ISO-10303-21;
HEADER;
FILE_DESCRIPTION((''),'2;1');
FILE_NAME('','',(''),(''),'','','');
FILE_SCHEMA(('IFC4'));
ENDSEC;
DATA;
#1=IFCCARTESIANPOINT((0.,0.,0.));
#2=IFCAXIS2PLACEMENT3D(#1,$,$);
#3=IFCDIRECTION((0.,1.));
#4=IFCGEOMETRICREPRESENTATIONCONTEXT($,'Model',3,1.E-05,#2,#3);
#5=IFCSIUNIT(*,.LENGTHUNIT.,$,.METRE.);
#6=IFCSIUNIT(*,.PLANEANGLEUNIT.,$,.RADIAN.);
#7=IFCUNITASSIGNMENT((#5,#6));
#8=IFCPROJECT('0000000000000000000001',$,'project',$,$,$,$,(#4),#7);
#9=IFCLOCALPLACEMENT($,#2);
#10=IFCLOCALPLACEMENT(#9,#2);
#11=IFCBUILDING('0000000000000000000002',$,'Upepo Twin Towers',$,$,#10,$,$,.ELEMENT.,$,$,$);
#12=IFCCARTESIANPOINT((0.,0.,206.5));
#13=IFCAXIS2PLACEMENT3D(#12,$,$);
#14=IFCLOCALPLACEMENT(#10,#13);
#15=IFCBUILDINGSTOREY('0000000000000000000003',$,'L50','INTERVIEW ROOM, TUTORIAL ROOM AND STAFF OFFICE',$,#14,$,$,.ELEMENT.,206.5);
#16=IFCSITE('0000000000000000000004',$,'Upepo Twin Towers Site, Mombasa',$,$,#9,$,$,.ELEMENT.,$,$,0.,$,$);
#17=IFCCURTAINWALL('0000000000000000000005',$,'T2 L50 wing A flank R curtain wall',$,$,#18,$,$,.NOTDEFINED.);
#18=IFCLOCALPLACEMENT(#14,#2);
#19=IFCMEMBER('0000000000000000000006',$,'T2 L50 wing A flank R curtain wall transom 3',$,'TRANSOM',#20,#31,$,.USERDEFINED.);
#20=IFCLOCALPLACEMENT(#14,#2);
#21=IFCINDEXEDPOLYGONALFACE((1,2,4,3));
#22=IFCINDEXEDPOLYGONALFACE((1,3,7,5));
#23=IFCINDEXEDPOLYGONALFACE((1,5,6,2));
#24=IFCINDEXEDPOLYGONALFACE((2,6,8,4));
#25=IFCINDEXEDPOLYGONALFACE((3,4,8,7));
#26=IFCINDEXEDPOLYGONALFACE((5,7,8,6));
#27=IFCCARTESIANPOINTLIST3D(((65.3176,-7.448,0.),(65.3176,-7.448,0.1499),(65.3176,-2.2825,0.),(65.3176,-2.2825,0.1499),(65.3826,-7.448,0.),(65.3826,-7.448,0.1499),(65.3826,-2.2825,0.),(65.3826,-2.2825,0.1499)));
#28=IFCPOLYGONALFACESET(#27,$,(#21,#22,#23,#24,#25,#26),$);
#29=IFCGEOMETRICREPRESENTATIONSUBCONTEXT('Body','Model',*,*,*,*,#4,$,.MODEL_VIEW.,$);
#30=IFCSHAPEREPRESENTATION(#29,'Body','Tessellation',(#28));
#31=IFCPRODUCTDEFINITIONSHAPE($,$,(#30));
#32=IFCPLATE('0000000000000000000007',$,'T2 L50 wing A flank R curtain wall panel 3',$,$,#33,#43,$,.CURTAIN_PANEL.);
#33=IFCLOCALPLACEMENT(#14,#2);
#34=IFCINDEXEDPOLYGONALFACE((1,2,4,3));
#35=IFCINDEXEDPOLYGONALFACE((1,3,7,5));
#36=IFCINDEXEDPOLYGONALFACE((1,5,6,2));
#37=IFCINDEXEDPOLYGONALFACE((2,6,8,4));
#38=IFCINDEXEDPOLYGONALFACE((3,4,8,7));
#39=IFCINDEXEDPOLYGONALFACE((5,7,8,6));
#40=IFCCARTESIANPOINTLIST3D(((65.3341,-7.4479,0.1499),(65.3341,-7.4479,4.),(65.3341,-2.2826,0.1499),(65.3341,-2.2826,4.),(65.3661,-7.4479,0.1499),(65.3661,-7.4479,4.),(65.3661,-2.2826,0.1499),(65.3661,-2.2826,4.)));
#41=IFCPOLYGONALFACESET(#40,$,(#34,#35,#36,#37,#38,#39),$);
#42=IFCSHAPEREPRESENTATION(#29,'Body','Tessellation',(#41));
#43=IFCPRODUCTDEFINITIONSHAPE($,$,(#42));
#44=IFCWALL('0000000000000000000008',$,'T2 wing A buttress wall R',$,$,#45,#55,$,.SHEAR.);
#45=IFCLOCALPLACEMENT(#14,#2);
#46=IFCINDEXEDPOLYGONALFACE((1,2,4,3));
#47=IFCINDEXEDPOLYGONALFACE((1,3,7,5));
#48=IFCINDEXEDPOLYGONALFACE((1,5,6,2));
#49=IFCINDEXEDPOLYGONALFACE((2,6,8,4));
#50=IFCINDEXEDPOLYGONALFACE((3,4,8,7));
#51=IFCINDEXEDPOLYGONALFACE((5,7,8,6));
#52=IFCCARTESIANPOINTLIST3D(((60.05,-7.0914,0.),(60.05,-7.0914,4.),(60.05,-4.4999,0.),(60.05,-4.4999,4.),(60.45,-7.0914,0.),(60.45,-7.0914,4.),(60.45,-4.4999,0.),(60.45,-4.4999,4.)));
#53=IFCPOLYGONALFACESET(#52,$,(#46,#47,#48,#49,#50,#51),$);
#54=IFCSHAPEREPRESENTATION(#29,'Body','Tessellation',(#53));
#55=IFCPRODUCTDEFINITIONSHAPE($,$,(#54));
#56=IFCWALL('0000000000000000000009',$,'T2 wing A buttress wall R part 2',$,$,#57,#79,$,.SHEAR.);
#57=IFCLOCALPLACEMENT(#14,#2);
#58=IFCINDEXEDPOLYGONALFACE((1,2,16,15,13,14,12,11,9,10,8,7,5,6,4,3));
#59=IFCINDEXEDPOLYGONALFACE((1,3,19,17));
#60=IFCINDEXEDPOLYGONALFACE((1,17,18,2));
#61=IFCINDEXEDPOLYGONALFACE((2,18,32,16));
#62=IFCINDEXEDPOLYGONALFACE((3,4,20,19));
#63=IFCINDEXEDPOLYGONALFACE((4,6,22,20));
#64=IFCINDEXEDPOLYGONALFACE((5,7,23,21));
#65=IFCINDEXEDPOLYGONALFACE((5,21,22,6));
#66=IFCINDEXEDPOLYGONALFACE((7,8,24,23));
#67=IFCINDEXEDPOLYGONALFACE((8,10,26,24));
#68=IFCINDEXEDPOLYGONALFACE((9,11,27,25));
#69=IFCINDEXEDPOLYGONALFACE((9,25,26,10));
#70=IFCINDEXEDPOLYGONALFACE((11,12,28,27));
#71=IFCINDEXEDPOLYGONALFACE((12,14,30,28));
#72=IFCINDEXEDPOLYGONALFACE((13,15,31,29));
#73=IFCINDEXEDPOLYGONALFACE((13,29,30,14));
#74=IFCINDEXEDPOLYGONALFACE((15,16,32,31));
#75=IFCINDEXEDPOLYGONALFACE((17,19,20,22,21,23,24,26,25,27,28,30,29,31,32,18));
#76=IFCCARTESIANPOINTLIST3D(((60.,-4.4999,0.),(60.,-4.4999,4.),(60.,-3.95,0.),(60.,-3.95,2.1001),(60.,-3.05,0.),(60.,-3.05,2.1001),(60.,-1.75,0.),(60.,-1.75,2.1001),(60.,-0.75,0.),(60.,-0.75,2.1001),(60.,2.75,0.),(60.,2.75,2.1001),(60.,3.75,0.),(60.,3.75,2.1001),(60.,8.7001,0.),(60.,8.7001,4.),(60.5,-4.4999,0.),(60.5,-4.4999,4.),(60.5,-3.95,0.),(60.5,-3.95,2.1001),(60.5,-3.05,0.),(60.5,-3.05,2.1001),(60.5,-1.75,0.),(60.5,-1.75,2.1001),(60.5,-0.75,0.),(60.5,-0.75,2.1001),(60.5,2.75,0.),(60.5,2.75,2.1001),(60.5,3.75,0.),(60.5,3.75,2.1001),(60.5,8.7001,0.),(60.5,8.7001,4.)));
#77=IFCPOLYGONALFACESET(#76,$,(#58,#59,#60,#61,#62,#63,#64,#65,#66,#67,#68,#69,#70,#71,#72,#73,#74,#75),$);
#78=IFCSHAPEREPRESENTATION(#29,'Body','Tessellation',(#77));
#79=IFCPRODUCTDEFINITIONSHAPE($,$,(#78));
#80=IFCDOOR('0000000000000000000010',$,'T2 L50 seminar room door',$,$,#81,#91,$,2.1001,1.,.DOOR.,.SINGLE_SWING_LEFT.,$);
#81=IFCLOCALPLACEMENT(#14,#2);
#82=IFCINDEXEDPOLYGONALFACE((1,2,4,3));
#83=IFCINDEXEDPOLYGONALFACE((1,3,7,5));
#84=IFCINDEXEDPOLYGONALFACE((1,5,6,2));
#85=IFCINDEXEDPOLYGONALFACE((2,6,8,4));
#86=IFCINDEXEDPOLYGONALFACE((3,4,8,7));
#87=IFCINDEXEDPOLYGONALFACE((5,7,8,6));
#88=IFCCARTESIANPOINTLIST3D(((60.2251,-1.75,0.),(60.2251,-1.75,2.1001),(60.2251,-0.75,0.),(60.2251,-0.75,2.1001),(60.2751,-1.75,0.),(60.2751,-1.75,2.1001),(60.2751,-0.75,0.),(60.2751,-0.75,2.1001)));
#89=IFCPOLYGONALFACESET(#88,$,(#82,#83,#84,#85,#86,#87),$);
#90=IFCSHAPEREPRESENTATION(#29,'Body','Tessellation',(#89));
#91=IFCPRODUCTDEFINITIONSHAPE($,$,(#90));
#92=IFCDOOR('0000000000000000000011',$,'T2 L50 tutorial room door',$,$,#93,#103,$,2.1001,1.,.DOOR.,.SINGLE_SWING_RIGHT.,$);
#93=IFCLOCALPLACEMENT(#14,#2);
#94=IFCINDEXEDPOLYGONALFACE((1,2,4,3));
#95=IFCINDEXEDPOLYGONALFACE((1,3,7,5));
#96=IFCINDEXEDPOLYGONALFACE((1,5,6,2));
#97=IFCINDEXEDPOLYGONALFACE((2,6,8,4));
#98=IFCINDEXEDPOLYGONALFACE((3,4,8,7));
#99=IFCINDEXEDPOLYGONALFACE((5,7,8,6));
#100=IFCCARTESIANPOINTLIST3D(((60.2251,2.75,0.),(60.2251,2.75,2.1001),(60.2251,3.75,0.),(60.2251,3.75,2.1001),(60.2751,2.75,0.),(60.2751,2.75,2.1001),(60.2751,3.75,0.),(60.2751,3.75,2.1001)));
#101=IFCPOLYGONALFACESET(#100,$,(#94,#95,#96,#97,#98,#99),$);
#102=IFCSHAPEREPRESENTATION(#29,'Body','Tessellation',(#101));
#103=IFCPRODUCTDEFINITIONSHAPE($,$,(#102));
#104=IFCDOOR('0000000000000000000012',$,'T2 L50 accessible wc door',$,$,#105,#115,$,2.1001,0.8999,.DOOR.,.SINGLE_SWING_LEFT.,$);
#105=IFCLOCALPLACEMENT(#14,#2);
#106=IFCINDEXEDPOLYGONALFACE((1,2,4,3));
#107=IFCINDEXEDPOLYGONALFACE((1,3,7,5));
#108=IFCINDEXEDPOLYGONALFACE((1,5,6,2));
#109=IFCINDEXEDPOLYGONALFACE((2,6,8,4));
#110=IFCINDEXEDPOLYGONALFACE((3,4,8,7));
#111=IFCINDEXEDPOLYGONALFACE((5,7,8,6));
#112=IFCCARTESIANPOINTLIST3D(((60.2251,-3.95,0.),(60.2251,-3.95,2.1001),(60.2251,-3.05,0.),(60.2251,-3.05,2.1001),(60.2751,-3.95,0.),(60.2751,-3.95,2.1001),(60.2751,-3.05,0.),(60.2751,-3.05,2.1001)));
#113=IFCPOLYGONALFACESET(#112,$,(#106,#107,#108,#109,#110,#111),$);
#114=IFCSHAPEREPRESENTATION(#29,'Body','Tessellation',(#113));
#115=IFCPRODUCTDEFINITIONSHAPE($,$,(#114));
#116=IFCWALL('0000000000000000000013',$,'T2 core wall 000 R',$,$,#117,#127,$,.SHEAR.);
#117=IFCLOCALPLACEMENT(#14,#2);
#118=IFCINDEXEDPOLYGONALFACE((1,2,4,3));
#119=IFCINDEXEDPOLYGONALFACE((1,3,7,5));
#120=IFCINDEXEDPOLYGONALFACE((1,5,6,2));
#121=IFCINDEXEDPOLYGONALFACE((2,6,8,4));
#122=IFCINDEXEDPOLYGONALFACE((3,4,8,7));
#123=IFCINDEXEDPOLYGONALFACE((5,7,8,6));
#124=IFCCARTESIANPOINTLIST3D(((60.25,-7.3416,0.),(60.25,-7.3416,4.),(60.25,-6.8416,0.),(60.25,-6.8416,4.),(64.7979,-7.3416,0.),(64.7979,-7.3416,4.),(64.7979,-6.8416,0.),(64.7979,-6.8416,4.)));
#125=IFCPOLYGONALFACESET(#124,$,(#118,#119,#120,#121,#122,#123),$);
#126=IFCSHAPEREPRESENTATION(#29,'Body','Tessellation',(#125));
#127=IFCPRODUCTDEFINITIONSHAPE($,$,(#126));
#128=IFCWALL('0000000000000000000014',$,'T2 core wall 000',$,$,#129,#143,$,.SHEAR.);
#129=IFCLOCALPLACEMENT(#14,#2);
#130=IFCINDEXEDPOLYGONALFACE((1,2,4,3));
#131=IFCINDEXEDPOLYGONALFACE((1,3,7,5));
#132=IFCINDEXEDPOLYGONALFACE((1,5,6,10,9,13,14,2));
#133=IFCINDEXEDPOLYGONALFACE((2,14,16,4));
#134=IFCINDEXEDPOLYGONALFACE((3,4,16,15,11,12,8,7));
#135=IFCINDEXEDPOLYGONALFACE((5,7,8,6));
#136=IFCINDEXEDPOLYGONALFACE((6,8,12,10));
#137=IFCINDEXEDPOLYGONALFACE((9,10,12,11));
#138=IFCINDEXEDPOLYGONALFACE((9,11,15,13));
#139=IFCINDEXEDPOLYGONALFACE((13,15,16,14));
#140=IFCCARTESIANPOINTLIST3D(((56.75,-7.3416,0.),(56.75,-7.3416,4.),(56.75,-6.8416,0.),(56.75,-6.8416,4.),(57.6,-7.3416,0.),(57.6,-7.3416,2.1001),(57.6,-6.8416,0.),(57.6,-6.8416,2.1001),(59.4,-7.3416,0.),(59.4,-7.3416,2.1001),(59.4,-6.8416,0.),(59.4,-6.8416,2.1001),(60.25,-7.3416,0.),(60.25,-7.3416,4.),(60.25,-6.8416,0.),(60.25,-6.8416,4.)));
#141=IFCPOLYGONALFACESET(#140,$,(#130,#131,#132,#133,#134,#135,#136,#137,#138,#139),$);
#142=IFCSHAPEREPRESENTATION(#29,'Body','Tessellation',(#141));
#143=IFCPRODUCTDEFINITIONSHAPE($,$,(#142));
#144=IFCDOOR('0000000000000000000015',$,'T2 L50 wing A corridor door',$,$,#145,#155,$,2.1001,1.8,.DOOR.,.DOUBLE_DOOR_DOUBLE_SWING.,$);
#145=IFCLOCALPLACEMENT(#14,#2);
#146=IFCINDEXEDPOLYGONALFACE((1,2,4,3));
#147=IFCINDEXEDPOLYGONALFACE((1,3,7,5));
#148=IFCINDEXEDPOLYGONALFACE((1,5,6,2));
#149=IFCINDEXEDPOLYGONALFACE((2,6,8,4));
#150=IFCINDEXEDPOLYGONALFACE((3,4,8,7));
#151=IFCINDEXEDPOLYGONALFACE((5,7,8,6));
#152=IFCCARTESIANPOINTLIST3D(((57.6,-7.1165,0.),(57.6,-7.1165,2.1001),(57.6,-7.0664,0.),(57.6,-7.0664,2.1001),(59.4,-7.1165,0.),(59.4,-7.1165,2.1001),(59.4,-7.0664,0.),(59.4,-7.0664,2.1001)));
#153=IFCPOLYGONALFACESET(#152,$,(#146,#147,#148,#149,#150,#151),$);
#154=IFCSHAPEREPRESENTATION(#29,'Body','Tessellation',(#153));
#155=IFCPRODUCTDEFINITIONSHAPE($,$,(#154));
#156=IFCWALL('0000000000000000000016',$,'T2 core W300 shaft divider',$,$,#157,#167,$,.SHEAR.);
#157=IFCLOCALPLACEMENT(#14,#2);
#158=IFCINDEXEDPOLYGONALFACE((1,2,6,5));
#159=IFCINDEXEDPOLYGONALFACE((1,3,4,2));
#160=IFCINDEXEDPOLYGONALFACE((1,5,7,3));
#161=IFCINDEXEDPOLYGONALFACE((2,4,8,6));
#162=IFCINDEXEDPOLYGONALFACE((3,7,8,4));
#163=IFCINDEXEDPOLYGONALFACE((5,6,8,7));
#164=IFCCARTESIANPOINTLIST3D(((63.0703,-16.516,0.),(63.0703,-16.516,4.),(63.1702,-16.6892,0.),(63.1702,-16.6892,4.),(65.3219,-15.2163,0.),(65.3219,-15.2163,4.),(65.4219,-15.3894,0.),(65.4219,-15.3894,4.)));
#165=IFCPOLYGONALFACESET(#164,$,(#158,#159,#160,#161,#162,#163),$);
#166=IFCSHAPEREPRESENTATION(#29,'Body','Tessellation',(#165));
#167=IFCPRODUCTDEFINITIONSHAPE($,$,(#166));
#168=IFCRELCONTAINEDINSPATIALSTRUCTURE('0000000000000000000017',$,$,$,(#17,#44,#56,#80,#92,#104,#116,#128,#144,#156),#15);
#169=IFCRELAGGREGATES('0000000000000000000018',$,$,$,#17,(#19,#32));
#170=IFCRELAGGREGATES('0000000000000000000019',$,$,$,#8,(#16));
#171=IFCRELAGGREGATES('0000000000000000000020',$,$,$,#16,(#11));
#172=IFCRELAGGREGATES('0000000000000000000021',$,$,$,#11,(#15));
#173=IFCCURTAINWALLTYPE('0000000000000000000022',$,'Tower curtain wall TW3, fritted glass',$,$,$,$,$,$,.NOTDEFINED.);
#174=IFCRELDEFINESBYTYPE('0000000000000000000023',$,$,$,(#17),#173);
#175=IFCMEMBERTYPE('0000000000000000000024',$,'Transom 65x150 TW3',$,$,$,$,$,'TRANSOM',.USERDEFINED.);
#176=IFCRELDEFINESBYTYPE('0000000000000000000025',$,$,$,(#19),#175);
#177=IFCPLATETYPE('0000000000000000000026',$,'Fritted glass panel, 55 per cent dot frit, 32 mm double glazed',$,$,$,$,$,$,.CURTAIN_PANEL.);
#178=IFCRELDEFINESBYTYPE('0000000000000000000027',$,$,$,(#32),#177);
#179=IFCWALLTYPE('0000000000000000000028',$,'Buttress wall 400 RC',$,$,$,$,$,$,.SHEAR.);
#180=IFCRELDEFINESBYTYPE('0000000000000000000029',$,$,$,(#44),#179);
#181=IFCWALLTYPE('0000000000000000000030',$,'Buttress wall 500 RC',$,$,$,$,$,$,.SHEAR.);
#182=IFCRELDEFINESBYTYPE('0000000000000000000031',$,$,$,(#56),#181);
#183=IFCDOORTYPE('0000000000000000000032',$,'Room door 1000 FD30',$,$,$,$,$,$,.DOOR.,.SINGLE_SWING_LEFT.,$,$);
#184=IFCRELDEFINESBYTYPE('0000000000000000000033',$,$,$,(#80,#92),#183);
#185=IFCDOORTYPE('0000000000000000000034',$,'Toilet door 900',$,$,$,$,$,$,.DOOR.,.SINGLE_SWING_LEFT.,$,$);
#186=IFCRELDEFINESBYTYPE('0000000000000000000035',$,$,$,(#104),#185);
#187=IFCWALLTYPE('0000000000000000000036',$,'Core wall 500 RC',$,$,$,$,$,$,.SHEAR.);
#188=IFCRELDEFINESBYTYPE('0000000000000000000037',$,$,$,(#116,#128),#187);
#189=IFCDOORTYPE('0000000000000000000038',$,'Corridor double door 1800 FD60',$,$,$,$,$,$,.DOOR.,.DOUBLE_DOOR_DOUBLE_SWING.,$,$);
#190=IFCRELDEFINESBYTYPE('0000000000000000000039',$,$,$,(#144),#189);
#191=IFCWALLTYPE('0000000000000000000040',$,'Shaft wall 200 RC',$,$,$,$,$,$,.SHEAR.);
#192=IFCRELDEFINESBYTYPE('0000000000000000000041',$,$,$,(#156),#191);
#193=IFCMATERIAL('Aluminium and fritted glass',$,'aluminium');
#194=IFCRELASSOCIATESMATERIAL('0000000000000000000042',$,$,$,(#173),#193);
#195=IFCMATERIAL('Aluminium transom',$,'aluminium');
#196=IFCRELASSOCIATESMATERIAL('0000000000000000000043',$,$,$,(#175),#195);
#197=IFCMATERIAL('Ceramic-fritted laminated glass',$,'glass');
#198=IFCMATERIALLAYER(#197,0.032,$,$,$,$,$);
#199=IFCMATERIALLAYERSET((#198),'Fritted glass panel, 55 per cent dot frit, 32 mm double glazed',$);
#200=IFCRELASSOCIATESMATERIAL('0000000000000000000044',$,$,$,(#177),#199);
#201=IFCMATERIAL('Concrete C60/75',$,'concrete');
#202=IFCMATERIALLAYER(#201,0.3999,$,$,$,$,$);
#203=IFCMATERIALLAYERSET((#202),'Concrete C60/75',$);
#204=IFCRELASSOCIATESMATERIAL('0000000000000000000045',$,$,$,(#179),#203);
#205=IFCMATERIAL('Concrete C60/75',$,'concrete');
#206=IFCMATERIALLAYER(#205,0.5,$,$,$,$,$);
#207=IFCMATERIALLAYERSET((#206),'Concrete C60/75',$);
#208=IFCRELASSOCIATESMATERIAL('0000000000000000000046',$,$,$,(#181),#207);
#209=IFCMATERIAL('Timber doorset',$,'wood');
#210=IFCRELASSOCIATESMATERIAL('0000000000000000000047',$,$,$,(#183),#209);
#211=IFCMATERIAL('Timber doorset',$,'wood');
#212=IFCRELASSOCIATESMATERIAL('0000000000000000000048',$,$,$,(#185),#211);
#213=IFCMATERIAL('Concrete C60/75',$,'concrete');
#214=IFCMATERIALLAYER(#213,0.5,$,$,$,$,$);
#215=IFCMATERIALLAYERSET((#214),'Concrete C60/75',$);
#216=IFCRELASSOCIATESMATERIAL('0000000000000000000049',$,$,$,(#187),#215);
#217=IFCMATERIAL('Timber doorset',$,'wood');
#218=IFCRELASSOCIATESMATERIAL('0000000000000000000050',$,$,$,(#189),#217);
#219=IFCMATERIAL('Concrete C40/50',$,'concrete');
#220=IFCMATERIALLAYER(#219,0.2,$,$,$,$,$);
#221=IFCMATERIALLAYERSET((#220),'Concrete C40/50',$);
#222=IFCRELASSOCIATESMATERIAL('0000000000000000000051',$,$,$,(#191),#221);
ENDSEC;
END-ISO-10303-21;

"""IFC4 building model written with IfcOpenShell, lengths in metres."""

from ifc_helpers import new_model, si_unit, direction, frame, frame_2d, origin, origin_2d, place, context, subcontext, project, spatial, rectangle, extrude, material, layer, layer_set, material_profile, profile_set, type_object, element, fill, aggregate, save


model = new_model("IFC4")

# Units and contexts
model_context = context("Model", 3, precision=1e-05, world=origin(), true_north=direction((0.0, 1.0)))
body_context = subcontext(model_context, "Body", "Model", "MODEL_VIEW")
ifc_project = project(units=[si_unit("LENGTHUNIT", "METRE"), si_unit("PLANEANGLEUNIT", "RADIAN")], contexts=[model_context])

# Site, building, storey
site_placement = place(None, origin())
site = spatial("IfcSite", under=ifc_project, at=site_placement, Name="Upepo Twin Towers Site, Mombasa", CompositionType="ELEMENT", RefElevation=0.0)
building_placement = place(site_placement, origin())
building = spatial("IfcBuilding", under=site, at=building_placement, Name="Upepo Twin Towers", CompositionType="ELEMENT")
storey_placement = place(building_placement, frame((0.0, 0.0, 206.5)))
storey = spatial("IfcBuildingStorey", under=building, at=storey_placement, Name="L50", Description="INTERVIEW ROOM, TUTORIAL ROOM AND STAFF OFFICE", CompositionType="ELEMENT", Elevation=206.5)

# Curtain wall, member, plate
ifc_material_1 = material(Name="Aluminium and fritted glass", Category="aluminium")
curtain_wall_type = type_object("IfcCurtainWallType", Name="Tower curtain wall TW3, fritted glass", PredefinedType="NOTDEFINED", material=ifc_material_1)
curtain_wall_placement = place(storey_placement, origin())
curtain_wall = element("IfcCurtainWall", 1, at=curtain_wall_placement, inside=storey, type_object=curtain_wall_type, Name="T2 L50 wing A flank R curtain wall", PredefinedType="NOTDEFINED")
ifc_material_2 = material(Name="Aluminium transom", Category="aluminium")
ifc_material_profile_1 = material_profile(ifc_material_2, rectangle(XDim=0.0649, YDim=0.1499, at=origin_2d()), Name="TRANSOM 65x150")
ifc_profile_set_1 = profile_set([ifc_material_profile_1], Name="Aluminium transom")
member_type_1 = type_object("IfcMemberType", Name="Transom 65x150 TW3", ElementType="TRANSOM", PredefinedType="USERDEFINED", material=ifc_profile_set_1)
member_1_placement = place(storey_placement, frame((65.3501, -2.2825, 0.075), z_axis=(0.0, -1.0, 0.0), x_axis=(1.0, 0.0, 0.0)))
member_1 = element("IfcMember", 2, at=member_1_placement, type_object=member_type_1, Name="T2 L50 wing A flank R curtain wall transom 3", ObjectType="TRANSOM", PredefinedType="USERDEFINED", context=body_context, shape_type="SweptSolid", body=[
    extrude(rectangle(XDim=0.0649, YDim=0.1499, at=origin_2d()), origin(), (0.0, 0.0, 1.0), 5.1655),
])
ifc_material_3 = material(Name="Ceramic-fritted laminated glass", Category="glass")
ifc_layer_1 = layer(ifc_material_3, 0.032)
ifc_layer_set_1 = layer_set([ifc_layer_1], Name="Fritted glass panel, 55 per cent dot frit, 32 mm double glazed")
plate_type = type_object("IfcPlateType", Name="Fritted glass panel, 55 per cent dot frit, 32 mm double glazed", PredefinedType="CURTAIN_PANEL", material=ifc_layer_set_1)
plate_placement = place(storey_placement, frame((65.3501, -4.8652, 0.1499), z_axis=(0.0, 0.0, 1.0), x_axis=(0.0, -1.0, 0.0)))
plate = element("IfcPlate", 3, at=plate_placement, type_object=plate_type, Name="T2 L50 wing A flank R curtain wall panel 3", PredefinedType="CURTAIN_PANEL", context=body_context, shape_type="SweptSolid", body=[
    extrude(rectangle(XDim=5.1653, YDim=0.032, at=origin_2d()), origin(), (0.0, 0.0, 1.0), 3.8501),
])
aggregate(curtain_wall, [member_1, plate])

# Wall
ifc_material_4 = material(Name="Concrete C60/75", Category="concrete")
ifc_layer_2 = layer(ifc_material_4, 0.3999)
ifc_layer_set_2 = layer_set([ifc_layer_2], Name="Concrete C60/75")
wall_type_1 = type_object("IfcWallType", Name="Buttress wall 400 RC", PredefinedType="SHEAR", material=ifc_layer_set_2)
wall_1_placement = place(storey_placement, frame((60.25, -7.0916, 0.0), z_axis=(0.0, 0.0, 1.0), x_axis=(0.0, 1.0, 0.0)))
element("IfcWall", 4, at=wall_1_placement, inside=storey, type_object=wall_type_1, Name="T2 wing A buttress wall R", PredefinedType="SHEAR", context=body_context, shape_type="SweptSolid", body=[
    extrude(rectangle(XDim=2.5916, YDim=0.3999, at=frame_2d((1.2959, 0.0))), origin(), (0.0, 0.0, 1.0), 4.0),
])

# Wall, openings, doors
ifc_material_5 = material(Name="Concrete C60/75", Category="concrete")
ifc_layer_3 = layer(ifc_material_5, 0.5)
ifc_layer_set_3 = layer_set([ifc_layer_3], Name="Concrete C60/75")
wall_type_2 = type_object("IfcWallType", Name="Buttress wall 500 RC", PredefinedType="SHEAR", material=ifc_layer_set_3)
wall_2_placement = place(storey_placement, frame((60.25, -4.5, 0.0), z_axis=(0.0, 0.0, 1.0), x_axis=(0.0, 1.0, 0.0)))
wall_2 = element("IfcWall", 5, at=wall_2_placement, inside=storey, type_object=wall_type_2, Name="T2 wing A buttress wall R part 2", PredefinedType="SHEAR", context=body_context, shape_type="SweptSolid", body=[
    extrude(rectangle(XDim=13.2, YDim=0.5, at=frame_2d((6.6001, 0.0))), origin(), (0.0, 0.0, 1.0), 4.0),
])
opening_1_placement = place(wall_2_placement, frame((0.55, 0.0, 0.0)))
opening_1 = element("IfcOpeningElement", 6, at=opening_1_placement, cuts=wall_2, PredefinedType="OPENING", context=body_context, shape_type="SweptSolid", body=[
    extrude(rectangle(XDim=0.8999, YDim=2.1001, at=frame_2d((0.45, 1.05))), frame((0.0, 0.26, 0.0), z_axis=(0.0, -1.0, 0.0), x_axis=(1.0, 0.0, 0.0)), (0.0, 0.0, 1.0), 0.52),
])
opening_2_placement = place(wall_2_placement, frame((2.75, 0.0, 0.0)))
opening_2 = element("IfcOpeningElement", 7, at=opening_2_placement, cuts=wall_2, PredefinedType="OPENING", context=body_context, shape_type="SweptSolid", body=[
    extrude(rectangle(XDim=1.0, YDim=2.1001, at=frame_2d((0.5, 1.05))), frame((0.0, 0.26, 0.0), z_axis=(0.0, -1.0, 0.0), x_axis=(1.0, 0.0, 0.0)), (0.0, 0.0, 1.0), 0.52),
])
opening_3_placement = place(wall_2_placement, frame((7.25, 0.0, 0.0)))
opening_3 = element("IfcOpeningElement", 8, at=opening_3_placement, cuts=wall_2, PredefinedType="OPENING", context=body_context, shape_type="SweptSolid", body=[
    extrude(rectangle(XDim=1.0, YDim=2.1001, at=frame_2d((0.5, 1.05))), frame((0.0, 0.26, 0.0), z_axis=(0.0, -1.0, 0.0), x_axis=(1.0, 0.0, 0.0)), (0.0, 0.0, 1.0), 0.52),
])
ifc_material_6 = material(Name="Timber doorset", Category="wood")
door_type_1 = type_object("IfcDoorType", Name="Room door 1000 FD30", OperationType="SINGLE_SWING_LEFT", PredefinedType="DOOR", material=ifc_material_6)
door_1_placement = place(opening_2_placement, origin())
door_1 = element("IfcDoor", 9, at=door_1_placement, inside=storey, type_object=door_type_1, Name="T2 L50 seminar room door", OperationType="SINGLE_SWING_LEFT", OverallHeight=2.1001, OverallWidth=1.0, PredefinedType="DOOR", context=body_context, shape_type="SweptSolid", body=[
    extrude(rectangle(XDim=1.0, YDim=2.1001, at=frame_2d((0.5, 1.05))), frame((0.0, 0.0249, 0.0), z_axis=(0.0, -1.0, 0.0), x_axis=(1.0, 0.0, 0.0)), (0.0, 0.0, 1.0), 0.05),
])
fill(opening_2, door_1)
door_2_placement = place(opening_3_placement, origin())
door_2 = element("IfcDoor", 10, at=door_2_placement, inside=storey, type_object=door_type_1, Name="T2 L50 tutorial room door", OperationType="SINGLE_SWING_RIGHT", OverallHeight=2.1001, OverallWidth=1.0, PredefinedType="DOOR", context=body_context, shape_type="SweptSolid", body=[
    extrude(rectangle(XDim=1.0, YDim=2.1001, at=frame_2d((0.5, 1.05))), frame((0.0, 0.0249, 0.0), z_axis=(0.0, -1.0, 0.0), x_axis=(1.0, 0.0, 0.0)), (0.0, 0.0, 1.0), 0.05),
])
fill(opening_3, door_2)
ifc_material_7 = material(Name="Timber doorset", Category="wood")
door_type_2 = type_object("IfcDoorType", Name="Toilet door 900", OperationType="SINGLE_SWING_LEFT", PredefinedType="DOOR", material=ifc_material_7)
door_3_placement = place(opening_1_placement, origin())
door_3 = element("IfcDoor", 11, at=door_3_placement, inside=storey, type_object=door_type_2, Name="T2 L50 accessible wc door", OperationType="SINGLE_SWING_LEFT", OverallHeight=2.1001, OverallWidth=0.8999, PredefinedType="DOOR", context=body_context, shape_type="SweptSolid", body=[
    extrude(rectangle(XDim=0.8999, YDim=2.1001, at=frame_2d((0.45, 1.05))), frame((0.0, 0.0249, 0.0), z_axis=(0.0, -1.0, 0.0), x_axis=(1.0, 0.0, 0.0)), (0.0, 0.0, 1.0), 0.05),
])
fill(opening_1, door_3)

# Wall
ifc_material_8 = material(Name="Concrete C60/75", Category="concrete")
ifc_layer_4 = layer(ifc_material_8, 0.5)
ifc_layer_set_4 = layer_set([ifc_layer_4], Name="Concrete C60/75")
wall_type_3 = type_object("IfcWallType", Name="Core wall 500 RC", PredefinedType="SHEAR", material=ifc_layer_set_4)
wall_3_placement = place(storey_placement, frame((64.7979, -7.0916, 0.0), z_axis=(0.0, 0.0, 1.0), x_axis=(-1.0, 0.0, 0.0)))
element("IfcWall", 12, at=wall_3_placement, inside=storey, type_object=wall_type_3, Name="T2 core wall 000 R", PredefinedType="SHEAR", context=body_context, shape_type="SweptSolid", body=[
    extrude(rectangle(XDim=4.5479, YDim=0.5, at=frame_2d((2.2739, 0.0))), origin(), (0.0, 0.0, 1.0), 4.0),
])

# Wall, opening, door
wall_4_placement = place(storey_placement, frame((60.25, -7.0916, 0.0), z_axis=(0.0, 0.0, 1.0), x_axis=(-1.0, 0.0, 0.0)))
wall_4 = element("IfcWall", 13, at=wall_4_placement, inside=storey, type_object=wall_type_3, Name="T2 core wall 000", PredefinedType="SHEAR", context=body_context, shape_type="SweptSolid", body=[
    extrude(rectangle(XDim=3.5, YDim=0.5, at=frame_2d((1.75, 0.0))), origin(), (0.0, 0.0, 1.0), 4.0),
])
opening_4_placement = place(wall_4_placement, frame((0.8501, 0.0, 0.0)))
opening_4 = element("IfcOpeningElement", 14, at=opening_4_placement, cuts=wall_4, PredefinedType="OPENING", context=body_context, shape_type="SweptSolid", body=[
    extrude(rectangle(XDim=1.8, YDim=2.1001, at=frame_2d((0.8999, 1.05))), frame((0.0, 0.26, 0.0), z_axis=(0.0, -1.0, 0.0), x_axis=(1.0, 0.0, 0.0)), (0.0, 0.0, 1.0), 0.52),
])
ifc_material_9 = material(Name="Timber doorset", Category="wood")
door_type_3 = type_object("IfcDoorType", Name="Corridor double door 1800 FD60", OperationType="DOUBLE_DOOR_DOUBLE_SWING", PredefinedType="DOOR", material=ifc_material_9)
door_4_placement = place(opening_4_placement, origin())
door_4 = element("IfcDoor", 15, at=door_4_placement, inside=storey, type_object=door_type_3, Name="T2 L50 wing A corridor door", OperationType="DOUBLE_DOOR_DOUBLE_SWING", OverallHeight=2.1001, OverallWidth=1.8, PredefinedType="DOOR", context=body_context, shape_type="SweptSolid", body=[
    extrude(rectangle(XDim=1.8, YDim=2.1001, at=frame_2d((0.8999, 1.05))), frame((0.0, 0.0249, 0.0), z_axis=(0.0, -1.0, 0.0), x_axis=(1.0, 0.0, 0.0)), (0.0, 0.0, 1.0), 0.05),
])
fill(opening_4, door_4)

# Wall
ifc_material_10 = material(Name="Concrete C40/50", Category="concrete")
ifc_layer_5 = layer(ifc_material_10, 0.2)
ifc_layer_set_5 = layer_set([ifc_layer_5], Name="Concrete C40/50")
wall_type_4 = type_object("IfcWallType", Name="Shaft wall 200 RC", PredefinedType="SHEAR", material=ifc_layer_set_5)
wall_5_placement = place(storey_placement, frame((63.1204, -16.6025, 0.0), z_axis=(0.0, 0.0, 1.0), x_axis=(0.866062, 0.499937, 0.0)))
element("IfcWall", 16, at=wall_5_placement, inside=storey, type_object=wall_type_4, Name="T2 core W300 shaft divider", PredefinedType="SHEAR", context=body_context, shape_type="SweptSolid", body=[
    extrude(rectangle(XDim=2.5999, YDim=0.2, at=frame_2d((1.2998, 0.0))), origin(), (0.0, 0.0, 1.0), 4.0),
])

save(model, "model.ifc")
